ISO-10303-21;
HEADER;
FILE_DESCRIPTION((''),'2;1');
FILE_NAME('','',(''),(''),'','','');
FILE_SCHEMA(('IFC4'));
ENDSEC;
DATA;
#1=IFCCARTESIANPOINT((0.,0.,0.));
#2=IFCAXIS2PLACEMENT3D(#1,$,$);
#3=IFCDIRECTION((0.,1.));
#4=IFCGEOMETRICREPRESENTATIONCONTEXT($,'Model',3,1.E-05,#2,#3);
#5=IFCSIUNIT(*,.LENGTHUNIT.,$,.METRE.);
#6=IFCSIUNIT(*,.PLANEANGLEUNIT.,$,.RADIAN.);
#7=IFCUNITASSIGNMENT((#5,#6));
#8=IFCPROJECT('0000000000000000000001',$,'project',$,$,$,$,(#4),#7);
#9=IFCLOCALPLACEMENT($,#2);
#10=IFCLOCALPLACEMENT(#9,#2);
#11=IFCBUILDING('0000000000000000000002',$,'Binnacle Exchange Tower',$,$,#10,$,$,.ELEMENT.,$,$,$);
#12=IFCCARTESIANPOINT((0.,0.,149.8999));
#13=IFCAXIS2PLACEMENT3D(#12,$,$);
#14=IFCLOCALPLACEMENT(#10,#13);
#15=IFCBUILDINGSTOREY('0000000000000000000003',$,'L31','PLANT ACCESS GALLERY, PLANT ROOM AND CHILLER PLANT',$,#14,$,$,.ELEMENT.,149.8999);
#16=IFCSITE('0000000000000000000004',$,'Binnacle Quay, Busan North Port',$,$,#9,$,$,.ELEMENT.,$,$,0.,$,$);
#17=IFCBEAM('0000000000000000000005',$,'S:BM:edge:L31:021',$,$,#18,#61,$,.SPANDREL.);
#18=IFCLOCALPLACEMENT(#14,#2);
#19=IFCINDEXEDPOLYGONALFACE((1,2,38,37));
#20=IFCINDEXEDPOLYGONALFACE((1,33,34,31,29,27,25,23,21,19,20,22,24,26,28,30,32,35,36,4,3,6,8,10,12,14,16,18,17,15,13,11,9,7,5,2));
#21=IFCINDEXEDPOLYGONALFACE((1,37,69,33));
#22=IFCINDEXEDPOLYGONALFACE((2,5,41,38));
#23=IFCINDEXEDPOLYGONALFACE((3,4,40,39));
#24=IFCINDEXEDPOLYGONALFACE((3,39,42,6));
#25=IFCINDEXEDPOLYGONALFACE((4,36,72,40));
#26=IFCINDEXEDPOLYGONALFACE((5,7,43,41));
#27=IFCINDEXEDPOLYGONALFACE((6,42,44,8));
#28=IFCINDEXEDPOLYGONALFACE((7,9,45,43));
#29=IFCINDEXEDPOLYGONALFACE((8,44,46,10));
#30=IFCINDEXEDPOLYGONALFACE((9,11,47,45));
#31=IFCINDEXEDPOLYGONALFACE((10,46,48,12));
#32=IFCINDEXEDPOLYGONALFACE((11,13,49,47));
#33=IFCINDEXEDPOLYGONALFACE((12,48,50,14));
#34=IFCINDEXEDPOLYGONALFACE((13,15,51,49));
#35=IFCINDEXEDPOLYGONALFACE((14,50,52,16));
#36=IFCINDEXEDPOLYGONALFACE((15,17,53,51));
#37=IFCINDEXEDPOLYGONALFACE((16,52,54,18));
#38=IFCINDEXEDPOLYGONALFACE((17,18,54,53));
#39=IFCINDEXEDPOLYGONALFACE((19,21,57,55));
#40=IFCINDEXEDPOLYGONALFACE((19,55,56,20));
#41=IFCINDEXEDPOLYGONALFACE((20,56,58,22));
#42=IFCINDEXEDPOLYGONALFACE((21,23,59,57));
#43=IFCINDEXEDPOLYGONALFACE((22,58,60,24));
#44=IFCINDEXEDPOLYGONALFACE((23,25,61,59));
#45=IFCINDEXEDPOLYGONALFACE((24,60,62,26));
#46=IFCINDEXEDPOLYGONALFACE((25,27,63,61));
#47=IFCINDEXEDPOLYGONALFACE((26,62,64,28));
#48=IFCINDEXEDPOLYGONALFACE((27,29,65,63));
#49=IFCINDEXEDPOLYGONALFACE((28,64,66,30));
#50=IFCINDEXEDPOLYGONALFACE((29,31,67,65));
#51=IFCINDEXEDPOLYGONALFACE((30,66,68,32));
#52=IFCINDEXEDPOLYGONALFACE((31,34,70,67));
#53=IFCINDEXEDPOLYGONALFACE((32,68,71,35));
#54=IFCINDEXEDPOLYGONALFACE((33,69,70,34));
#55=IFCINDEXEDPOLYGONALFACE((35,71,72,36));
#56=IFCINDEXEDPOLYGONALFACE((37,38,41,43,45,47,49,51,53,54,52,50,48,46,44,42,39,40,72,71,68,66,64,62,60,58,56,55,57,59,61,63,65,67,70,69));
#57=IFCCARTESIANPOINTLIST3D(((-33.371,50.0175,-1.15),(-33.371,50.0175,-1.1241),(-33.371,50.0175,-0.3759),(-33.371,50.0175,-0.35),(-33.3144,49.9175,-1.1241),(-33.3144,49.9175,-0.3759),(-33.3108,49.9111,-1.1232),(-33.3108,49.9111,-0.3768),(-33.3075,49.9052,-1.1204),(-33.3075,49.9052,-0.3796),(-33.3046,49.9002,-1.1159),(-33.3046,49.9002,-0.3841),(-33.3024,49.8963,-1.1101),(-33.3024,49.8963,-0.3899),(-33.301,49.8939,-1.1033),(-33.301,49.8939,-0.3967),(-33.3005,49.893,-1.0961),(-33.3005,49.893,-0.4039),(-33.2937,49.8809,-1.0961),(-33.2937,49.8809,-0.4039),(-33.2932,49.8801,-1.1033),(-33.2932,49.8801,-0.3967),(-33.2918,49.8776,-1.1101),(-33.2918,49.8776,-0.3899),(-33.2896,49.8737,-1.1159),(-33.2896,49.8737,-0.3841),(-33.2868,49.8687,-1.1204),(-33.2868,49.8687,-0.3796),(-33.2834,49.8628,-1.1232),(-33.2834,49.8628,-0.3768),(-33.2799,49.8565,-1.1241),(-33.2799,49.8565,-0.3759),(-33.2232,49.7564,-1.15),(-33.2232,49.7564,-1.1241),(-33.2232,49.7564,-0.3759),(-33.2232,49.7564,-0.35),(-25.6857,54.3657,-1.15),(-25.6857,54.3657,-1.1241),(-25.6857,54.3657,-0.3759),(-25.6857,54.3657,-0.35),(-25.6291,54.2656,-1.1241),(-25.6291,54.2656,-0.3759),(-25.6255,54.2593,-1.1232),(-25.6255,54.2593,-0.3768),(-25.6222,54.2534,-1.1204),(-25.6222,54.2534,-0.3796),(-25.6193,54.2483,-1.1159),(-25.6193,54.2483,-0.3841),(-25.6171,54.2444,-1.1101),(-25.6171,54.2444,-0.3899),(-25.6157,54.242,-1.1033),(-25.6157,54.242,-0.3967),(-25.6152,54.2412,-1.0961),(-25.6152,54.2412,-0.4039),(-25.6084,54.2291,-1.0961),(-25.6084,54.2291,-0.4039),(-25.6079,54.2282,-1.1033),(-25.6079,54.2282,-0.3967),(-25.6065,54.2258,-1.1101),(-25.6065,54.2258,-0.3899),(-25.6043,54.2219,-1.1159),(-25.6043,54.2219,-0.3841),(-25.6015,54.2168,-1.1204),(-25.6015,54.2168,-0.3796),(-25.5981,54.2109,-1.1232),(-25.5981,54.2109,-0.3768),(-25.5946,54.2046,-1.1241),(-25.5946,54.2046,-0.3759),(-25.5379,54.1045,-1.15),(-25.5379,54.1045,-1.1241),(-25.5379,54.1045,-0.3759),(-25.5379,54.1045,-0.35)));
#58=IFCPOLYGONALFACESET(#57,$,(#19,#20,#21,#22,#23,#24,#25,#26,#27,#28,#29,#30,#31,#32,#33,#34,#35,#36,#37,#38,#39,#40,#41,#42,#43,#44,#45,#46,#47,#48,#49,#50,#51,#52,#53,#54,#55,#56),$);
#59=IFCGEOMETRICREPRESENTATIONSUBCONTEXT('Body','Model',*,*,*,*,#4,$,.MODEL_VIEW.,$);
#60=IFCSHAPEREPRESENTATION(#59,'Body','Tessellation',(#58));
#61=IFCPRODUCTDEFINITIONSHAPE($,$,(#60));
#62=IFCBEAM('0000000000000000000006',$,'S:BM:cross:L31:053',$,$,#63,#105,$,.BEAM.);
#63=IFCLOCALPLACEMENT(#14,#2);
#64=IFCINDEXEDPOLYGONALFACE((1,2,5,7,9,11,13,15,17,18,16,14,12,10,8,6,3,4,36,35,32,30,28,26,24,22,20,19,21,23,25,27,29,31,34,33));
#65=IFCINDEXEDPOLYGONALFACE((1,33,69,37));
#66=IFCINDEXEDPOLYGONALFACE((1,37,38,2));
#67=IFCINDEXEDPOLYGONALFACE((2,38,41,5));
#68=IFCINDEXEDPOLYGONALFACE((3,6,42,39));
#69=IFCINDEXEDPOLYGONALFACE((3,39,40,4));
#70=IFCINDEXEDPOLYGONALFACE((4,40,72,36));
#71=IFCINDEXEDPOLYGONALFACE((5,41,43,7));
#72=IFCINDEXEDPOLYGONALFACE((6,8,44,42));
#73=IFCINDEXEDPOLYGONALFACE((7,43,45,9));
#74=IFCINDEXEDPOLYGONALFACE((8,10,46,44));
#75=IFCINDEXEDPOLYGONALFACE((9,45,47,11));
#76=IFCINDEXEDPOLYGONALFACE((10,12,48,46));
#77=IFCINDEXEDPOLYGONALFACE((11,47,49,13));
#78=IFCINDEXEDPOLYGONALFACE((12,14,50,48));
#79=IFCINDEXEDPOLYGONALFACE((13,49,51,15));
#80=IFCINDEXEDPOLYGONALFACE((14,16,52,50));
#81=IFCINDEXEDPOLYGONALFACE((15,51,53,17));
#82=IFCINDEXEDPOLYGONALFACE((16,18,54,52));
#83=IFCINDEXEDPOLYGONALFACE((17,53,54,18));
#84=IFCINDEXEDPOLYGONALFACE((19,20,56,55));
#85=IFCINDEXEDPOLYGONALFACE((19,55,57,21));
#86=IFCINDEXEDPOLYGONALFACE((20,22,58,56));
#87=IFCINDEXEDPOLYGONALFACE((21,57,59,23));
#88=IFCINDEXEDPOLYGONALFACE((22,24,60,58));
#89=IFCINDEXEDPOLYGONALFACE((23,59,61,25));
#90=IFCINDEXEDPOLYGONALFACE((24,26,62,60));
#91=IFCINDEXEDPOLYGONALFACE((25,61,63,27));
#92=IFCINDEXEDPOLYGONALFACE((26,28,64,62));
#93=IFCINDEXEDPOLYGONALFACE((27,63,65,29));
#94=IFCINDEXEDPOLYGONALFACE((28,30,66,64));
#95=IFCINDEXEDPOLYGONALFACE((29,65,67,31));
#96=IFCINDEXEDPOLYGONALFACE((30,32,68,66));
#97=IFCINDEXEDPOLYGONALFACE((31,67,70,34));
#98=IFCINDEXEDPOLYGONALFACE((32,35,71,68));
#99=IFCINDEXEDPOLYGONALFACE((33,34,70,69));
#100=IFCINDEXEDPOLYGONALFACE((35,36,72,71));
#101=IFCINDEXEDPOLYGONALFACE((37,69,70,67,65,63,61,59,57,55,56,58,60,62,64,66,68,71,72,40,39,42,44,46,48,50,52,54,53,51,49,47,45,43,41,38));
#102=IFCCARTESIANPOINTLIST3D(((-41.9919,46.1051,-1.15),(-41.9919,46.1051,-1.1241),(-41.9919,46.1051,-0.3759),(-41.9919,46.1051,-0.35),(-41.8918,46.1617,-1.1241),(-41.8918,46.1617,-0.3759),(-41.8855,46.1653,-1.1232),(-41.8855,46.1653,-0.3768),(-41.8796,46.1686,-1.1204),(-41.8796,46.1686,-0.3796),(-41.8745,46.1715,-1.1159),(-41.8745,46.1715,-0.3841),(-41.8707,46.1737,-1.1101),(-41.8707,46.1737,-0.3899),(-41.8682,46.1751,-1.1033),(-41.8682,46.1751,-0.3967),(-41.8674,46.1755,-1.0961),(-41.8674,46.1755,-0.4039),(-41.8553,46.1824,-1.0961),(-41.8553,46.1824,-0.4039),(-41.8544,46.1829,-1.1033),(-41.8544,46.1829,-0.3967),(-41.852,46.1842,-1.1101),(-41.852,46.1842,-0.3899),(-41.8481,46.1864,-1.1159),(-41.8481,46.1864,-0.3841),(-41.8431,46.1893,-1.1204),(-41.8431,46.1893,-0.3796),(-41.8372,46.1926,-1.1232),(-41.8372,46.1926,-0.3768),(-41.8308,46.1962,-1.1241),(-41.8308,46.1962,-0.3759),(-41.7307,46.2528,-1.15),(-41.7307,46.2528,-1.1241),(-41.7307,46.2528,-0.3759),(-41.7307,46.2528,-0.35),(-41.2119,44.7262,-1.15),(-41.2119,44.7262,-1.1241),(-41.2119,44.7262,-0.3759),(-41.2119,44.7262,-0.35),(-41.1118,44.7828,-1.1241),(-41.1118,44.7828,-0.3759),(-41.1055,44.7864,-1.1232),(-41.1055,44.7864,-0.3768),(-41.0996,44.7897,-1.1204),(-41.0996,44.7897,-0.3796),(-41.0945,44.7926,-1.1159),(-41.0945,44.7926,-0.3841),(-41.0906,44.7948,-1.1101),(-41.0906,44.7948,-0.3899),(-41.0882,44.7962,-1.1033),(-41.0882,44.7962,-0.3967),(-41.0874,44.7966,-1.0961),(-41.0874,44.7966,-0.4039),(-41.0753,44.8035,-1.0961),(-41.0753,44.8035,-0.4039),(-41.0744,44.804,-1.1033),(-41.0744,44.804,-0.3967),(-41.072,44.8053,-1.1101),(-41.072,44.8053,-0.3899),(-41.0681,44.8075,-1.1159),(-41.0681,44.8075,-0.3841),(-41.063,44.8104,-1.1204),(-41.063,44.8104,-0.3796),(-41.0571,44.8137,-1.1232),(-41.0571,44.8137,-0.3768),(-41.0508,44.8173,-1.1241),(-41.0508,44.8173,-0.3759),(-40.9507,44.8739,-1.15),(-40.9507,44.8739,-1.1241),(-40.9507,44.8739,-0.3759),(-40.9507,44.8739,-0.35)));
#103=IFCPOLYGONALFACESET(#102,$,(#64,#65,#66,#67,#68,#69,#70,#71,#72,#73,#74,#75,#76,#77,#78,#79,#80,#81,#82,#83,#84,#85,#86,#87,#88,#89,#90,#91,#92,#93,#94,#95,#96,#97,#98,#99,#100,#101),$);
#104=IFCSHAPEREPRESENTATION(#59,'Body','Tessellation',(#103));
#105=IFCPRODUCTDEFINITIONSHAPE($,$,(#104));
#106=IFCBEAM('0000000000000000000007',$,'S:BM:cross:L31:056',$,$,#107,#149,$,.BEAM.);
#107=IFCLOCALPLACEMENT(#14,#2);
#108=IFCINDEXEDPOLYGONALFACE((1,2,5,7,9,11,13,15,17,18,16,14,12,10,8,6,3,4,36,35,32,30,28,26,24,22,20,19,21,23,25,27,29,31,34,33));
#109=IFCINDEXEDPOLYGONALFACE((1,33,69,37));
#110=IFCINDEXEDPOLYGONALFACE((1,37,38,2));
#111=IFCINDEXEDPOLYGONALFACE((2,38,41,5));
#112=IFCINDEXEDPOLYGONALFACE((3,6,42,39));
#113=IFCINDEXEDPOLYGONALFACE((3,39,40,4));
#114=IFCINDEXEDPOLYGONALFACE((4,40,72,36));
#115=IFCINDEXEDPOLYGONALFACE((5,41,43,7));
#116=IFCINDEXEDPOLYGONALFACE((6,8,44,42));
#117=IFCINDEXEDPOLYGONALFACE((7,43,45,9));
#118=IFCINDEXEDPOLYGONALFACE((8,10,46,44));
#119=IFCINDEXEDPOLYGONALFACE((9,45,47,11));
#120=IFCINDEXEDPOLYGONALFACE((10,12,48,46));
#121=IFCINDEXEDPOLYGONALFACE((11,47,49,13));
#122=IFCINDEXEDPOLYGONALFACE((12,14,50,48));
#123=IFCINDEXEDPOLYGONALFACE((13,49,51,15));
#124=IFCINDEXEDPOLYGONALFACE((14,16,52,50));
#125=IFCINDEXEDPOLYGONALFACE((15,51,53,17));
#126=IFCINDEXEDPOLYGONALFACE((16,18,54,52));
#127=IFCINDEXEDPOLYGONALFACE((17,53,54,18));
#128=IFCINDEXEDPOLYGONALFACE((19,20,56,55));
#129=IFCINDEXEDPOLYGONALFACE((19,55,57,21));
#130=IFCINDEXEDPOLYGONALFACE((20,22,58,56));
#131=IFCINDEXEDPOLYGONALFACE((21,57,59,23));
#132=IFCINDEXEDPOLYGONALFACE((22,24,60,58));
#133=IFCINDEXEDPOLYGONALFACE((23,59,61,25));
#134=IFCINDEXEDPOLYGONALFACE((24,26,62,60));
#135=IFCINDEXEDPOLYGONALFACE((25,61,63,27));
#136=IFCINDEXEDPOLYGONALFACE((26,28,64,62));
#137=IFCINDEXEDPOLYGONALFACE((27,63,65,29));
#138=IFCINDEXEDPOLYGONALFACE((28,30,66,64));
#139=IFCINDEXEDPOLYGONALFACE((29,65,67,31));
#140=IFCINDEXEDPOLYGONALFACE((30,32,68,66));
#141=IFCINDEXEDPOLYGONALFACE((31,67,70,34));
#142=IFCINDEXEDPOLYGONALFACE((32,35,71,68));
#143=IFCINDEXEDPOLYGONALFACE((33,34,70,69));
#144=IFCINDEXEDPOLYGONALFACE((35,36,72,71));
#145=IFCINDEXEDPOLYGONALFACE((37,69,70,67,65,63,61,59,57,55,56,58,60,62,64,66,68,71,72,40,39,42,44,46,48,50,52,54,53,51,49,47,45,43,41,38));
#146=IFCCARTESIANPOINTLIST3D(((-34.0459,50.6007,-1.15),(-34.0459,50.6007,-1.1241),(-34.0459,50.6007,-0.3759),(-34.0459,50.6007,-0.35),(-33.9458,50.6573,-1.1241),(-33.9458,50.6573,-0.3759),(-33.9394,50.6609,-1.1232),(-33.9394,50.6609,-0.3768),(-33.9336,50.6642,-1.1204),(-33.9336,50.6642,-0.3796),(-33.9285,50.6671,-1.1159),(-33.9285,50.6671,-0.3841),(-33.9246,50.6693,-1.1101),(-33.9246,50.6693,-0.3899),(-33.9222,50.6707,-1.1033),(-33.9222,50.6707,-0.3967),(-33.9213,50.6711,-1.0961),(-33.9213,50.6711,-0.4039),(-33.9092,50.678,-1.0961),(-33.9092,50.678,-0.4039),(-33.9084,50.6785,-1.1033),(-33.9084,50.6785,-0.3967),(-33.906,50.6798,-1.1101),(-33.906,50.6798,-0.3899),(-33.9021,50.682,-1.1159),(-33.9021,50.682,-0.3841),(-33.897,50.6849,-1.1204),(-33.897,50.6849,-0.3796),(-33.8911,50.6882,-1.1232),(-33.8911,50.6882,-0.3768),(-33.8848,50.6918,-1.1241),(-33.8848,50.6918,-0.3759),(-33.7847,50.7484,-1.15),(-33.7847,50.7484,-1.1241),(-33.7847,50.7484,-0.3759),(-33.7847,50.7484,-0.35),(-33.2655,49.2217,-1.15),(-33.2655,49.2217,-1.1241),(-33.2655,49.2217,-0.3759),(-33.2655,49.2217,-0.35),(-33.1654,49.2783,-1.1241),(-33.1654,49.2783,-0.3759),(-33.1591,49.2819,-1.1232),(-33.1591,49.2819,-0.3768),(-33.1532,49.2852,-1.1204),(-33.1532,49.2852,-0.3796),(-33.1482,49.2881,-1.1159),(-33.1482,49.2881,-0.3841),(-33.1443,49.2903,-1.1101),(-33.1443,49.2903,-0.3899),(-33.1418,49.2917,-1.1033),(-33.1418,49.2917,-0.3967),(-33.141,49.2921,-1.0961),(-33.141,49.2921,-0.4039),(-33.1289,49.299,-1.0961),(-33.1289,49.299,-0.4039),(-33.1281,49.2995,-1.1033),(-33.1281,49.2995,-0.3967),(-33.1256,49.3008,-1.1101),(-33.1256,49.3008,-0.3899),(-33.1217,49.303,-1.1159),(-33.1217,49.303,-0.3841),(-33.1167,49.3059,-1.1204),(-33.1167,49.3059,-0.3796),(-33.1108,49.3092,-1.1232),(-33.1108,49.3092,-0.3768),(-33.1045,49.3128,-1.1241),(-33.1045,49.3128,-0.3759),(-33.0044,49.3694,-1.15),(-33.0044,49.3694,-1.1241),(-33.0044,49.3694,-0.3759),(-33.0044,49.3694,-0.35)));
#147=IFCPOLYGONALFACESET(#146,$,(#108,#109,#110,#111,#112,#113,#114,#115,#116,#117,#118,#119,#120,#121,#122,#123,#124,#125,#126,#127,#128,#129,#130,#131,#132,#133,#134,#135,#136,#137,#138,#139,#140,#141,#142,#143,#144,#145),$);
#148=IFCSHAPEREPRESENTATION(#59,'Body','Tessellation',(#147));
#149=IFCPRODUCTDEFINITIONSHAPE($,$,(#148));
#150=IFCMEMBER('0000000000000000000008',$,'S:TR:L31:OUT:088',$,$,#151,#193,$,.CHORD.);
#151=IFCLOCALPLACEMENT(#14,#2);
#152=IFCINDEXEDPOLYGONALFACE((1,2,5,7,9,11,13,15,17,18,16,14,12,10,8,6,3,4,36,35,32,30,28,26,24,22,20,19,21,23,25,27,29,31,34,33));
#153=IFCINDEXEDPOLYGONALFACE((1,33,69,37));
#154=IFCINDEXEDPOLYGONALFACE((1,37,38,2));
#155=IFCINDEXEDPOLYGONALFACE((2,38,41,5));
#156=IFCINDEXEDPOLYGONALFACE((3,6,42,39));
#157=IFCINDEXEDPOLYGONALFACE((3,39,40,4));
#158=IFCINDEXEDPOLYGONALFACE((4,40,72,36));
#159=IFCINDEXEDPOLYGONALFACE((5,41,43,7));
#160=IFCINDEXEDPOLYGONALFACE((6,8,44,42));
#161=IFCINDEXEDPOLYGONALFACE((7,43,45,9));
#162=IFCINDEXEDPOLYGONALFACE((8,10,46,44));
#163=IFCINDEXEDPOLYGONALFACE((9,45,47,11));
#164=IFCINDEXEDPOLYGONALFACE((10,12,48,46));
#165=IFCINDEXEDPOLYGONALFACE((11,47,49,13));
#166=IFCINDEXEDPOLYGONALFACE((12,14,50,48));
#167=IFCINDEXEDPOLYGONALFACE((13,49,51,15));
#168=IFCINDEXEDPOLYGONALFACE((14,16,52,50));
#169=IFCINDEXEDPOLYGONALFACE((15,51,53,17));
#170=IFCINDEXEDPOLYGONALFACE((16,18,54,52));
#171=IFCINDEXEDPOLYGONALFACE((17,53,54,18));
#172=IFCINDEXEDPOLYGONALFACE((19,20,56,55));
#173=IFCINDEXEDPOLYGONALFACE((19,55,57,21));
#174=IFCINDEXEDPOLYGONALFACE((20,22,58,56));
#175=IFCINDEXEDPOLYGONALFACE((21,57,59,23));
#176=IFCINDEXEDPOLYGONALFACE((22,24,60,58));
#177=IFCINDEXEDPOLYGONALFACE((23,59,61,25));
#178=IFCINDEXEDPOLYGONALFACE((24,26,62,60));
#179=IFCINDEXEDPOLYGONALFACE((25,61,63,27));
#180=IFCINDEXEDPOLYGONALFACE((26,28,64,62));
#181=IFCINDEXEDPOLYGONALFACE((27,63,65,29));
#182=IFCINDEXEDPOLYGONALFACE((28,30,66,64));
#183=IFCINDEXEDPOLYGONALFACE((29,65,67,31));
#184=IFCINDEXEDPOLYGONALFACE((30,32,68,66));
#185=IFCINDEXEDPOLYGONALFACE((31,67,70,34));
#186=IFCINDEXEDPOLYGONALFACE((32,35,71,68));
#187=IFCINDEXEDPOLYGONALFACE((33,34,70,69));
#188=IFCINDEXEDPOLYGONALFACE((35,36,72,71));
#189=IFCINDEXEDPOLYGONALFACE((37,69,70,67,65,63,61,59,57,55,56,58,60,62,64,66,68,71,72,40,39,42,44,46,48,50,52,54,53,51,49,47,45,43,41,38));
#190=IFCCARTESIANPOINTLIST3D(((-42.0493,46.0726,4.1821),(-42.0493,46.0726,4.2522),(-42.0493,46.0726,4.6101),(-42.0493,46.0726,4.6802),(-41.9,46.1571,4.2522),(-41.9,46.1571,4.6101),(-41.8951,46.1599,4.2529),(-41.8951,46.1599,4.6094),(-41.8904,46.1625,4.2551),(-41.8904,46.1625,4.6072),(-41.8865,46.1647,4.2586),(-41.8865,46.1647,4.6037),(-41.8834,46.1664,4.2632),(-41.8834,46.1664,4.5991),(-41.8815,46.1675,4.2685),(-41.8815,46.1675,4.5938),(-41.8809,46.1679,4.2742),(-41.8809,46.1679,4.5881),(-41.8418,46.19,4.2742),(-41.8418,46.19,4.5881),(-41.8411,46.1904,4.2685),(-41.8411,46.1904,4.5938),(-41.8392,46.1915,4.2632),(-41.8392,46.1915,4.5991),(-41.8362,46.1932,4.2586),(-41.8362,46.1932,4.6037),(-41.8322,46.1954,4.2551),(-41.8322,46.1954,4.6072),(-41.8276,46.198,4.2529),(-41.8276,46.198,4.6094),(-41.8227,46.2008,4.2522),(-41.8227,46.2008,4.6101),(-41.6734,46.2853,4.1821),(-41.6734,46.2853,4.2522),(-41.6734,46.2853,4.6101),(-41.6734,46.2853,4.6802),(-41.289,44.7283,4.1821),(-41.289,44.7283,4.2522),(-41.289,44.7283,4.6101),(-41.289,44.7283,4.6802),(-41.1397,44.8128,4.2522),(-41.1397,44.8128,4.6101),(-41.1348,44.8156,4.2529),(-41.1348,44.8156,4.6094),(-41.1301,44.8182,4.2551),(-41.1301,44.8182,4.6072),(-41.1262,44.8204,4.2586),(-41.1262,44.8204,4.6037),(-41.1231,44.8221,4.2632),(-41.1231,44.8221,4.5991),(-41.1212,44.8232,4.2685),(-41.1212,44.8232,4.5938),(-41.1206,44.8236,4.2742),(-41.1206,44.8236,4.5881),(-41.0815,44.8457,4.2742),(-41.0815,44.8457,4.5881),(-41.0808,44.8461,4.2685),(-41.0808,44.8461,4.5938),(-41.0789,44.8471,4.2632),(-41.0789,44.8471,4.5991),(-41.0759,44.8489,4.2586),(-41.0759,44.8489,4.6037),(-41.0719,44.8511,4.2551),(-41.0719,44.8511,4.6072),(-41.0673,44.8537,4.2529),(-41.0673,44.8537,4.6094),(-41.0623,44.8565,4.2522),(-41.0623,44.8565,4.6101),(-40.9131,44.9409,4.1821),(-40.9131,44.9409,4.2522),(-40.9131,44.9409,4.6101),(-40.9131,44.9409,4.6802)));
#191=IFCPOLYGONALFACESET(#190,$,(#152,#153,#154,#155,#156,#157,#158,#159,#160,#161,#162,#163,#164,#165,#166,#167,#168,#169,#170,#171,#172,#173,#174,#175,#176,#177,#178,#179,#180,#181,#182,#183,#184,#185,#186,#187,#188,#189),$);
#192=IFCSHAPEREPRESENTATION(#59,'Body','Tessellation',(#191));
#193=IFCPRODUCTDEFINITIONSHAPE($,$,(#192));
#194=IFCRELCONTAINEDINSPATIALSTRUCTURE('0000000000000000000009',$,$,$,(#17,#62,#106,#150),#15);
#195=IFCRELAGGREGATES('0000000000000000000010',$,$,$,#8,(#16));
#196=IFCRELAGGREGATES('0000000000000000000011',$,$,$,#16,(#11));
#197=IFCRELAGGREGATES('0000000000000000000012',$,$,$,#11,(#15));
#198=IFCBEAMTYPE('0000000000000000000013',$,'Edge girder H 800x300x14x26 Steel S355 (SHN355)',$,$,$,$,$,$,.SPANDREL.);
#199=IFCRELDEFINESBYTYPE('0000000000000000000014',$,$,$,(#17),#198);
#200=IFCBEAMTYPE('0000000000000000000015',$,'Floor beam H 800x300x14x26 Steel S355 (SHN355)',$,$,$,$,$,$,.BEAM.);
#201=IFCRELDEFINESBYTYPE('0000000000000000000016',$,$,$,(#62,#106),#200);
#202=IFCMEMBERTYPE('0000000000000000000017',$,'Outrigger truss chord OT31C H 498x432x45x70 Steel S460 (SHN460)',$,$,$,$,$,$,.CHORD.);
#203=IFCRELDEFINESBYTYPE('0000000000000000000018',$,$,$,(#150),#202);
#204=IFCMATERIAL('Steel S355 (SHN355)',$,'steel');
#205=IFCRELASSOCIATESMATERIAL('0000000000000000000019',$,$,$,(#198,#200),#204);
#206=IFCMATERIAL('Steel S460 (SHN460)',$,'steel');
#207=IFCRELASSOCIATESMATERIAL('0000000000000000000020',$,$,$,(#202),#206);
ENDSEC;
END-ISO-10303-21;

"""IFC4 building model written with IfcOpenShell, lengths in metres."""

from ifc_helpers import new_model, si_unit, direction, frame, origin, origin_2d, place, context, subcontext, project, spatial, i_section, extrude, material, material_profile, profile_set, type_object, element, save


model = new_model("IFC4")

# Units and contexts
model_context = context("Model", 3, precision=1e-05, world=origin(), true_north=direction((0.0, 1.0)))
body_context = subcontext(model_context, "Body", "Model", "MODEL_VIEW")
ifc_project = project(units=[si_unit("LENGTHUNIT", "METRE"), si_unit("PLANEANGLEUNIT", "RADIAN")], contexts=[model_context])

# Site, building, storey
site_placement = place(None, origin())
site = spatial("IfcSite", under=ifc_project, at=site_placement, Name="Binnacle Quay, Busan North Port", CompositionType="ELEMENT", RefElevation=0.0)
building_placement = place(site_placement, origin())
building = spatial("IfcBuilding", under=site, at=building_placement, Name="Binnacle Exchange Tower", CompositionType="ELEMENT")
storey_placement = place(building_placement, frame((0.0, 0.0, 149.8999)))
storey = spatial("IfcBuildingStorey", under=building, at=storey_placement, Name="L31", Description="PLANT ACCESS GALLERY, PLANT ROOM AND CHILLER PLANT", CompositionType="ELEMENT", Elevation=149.8999)

# Shared definitions
ifc_material_1 = material(Name="Steel S460 (SHN460)", Category="steel")
ifc_material_2 = material(Name="Steel S355 (SHN355)", Category="steel")

# Beams
ifc_material_profile_1 = material_profile(ifc_material_2, i_section(OverallWidth=0.3, OverallDepth=0.8, WebThickness=0.0139, FlangeThickness=0.0259, FilletRadius=0.0281, at=origin_2d()), Name="H 800x300x14x26")
ifc_profile_set_1 = profile_set([ifc_material_profile_1], Name="Steel S355 (SHN355)")
beam_type_1 = type_object("IfcBeamType", Name="Edge girder H 800x300x14x26 Steel S355 (SHN355)", PredefinedType="SPANDREL", material=ifc_profile_set_1)
for number, where, z_axis, x_axis, name in (
    (1, (-33.2971, 49.887, -0.75), (0.870355, 0.492424, 0.0), (-0.492424, 0.870355, 0.0), "S:BM:edge:L31:021"),
):
    element("IfcBeam", number, at=place(storey_placement, frame(where, z_axis=z_axis, x_axis=x_axis)), inside=storey, type_object=beam_type_1, Name=name, PredefinedType="SPANDREL", context=body_context, shape_type="SweptSolid", body=[
        extrude(i_section(OverallWidth=0.3, OverallDepth=0.8, WebThickness=0.0139, FlangeThickness=0.0259, FilletRadius=0.0281, at=origin_2d()), origin(), (0.0, 0.0, 1.0), 8.8301),
    ])
ifc_material_profile_2 = material_profile(ifc_material_2, i_section(OverallWidth=0.3, OverallDepth=0.8, WebThickness=0.0139, FlangeThickness=0.0259, FilletRadius=0.0281, at=origin_2d()), Name="H 800x300x14x26")
ifc_profile_set_2 = profile_set([ifc_material_profile_2], Name="Steel S355 (SHN355)")
beam_type_2 = type_object("IfcBeamType", Name="Floor beam H 800x300x14x26 Steel S355 (SHN355)", PredefinedType="BEAM", material=ifc_profile_set_2)
beam_1_placement = place(storey_placement, frame((-41.8613, 46.179, -0.75), z_axis=(0.492367, -0.870388, 0.0), x_axis=(0.870388, 0.492367, 0.0)))
element("IfcBeam", 2, at=beam_1_placement, inside=storey, type_object=beam_type_2, Name="S:BM:cross:L31:053", PredefinedType="BEAM", context=body_context, shape_type="SweptSolid", body=[
    extrude(i_section(OverallWidth=0.3, OverallDepth=0.8, WebThickness=0.0139, FlangeThickness=0.0259, FilletRadius=0.0281, at=origin_2d()), origin(), (0.0, 0.0, 1.0), 1.5842),
])
beam_2_placement = place(storey_placement, frame((-33.9153, 50.6746, -0.75), z_axis=(0.492484, -0.870322, 0.0), x_axis=(0.870322, 0.492484, 0.0)))
element("IfcBeam", 3, at=beam_2_placement, inside=storey, type_object=beam_type_2, Name="S:BM:cross:L31:056", PredefinedType="BEAM", context=body_context, shape_type="SweptSolid", body=[
    extrude(i_section(OverallWidth=0.3, OverallDepth=0.8, WebThickness=0.0139, FlangeThickness=0.0259, FilletRadius=0.0281, at=origin_2d()), origin(), (0.0, 0.0, 1.0), 1.5845),
])

# Member
ifc_material_profile_3 = material_profile(ifc_material_1, i_section(OverallWidth=0.4319, OverallDepth=0.498, WebThickness=0.0449, FlangeThickness=0.0701, FilletRadius=0.022, at=origin_2d()), Name="H 498x432x45x70")
ifc_profile_set_3 = profile_set([ifc_material_profile_3], Name="Steel S460 (SHN460)")
member_type_1 = type_object("IfcMemberType", Name="Outrigger truss chord OT31C H 498x432x45x70 Steel S460 (SHN460)", PredefinedType="CHORD", material=ifc_profile_set_3)
for number, where, z_axis, x_axis, name in (
    (4, (-41.8613, 46.179, 4.4312), (0.492286, -0.870433, 0.0), (0.870433, 0.492286, 0.0), "S:TR:L31:OUT:088"),
):
    element("IfcMember", number, at=place(storey_placement, frame(where, z_axis=z_axis, x_axis=x_axis)), inside=storey, type_object=member_type_1, Name=name, PredefinedType="CHORD", context=body_context, shape_type="SweptSolid", body=[
        extrude(i_section(OverallWidth=0.4319, OverallDepth=0.498, WebThickness=0.0449, FlangeThickness=0.0701, FilletRadius=0.022, at=origin_2d()), origin(), (0.0, 0.0, 1.0), 1.5444),
    ])

save(model, "model.ifc")
